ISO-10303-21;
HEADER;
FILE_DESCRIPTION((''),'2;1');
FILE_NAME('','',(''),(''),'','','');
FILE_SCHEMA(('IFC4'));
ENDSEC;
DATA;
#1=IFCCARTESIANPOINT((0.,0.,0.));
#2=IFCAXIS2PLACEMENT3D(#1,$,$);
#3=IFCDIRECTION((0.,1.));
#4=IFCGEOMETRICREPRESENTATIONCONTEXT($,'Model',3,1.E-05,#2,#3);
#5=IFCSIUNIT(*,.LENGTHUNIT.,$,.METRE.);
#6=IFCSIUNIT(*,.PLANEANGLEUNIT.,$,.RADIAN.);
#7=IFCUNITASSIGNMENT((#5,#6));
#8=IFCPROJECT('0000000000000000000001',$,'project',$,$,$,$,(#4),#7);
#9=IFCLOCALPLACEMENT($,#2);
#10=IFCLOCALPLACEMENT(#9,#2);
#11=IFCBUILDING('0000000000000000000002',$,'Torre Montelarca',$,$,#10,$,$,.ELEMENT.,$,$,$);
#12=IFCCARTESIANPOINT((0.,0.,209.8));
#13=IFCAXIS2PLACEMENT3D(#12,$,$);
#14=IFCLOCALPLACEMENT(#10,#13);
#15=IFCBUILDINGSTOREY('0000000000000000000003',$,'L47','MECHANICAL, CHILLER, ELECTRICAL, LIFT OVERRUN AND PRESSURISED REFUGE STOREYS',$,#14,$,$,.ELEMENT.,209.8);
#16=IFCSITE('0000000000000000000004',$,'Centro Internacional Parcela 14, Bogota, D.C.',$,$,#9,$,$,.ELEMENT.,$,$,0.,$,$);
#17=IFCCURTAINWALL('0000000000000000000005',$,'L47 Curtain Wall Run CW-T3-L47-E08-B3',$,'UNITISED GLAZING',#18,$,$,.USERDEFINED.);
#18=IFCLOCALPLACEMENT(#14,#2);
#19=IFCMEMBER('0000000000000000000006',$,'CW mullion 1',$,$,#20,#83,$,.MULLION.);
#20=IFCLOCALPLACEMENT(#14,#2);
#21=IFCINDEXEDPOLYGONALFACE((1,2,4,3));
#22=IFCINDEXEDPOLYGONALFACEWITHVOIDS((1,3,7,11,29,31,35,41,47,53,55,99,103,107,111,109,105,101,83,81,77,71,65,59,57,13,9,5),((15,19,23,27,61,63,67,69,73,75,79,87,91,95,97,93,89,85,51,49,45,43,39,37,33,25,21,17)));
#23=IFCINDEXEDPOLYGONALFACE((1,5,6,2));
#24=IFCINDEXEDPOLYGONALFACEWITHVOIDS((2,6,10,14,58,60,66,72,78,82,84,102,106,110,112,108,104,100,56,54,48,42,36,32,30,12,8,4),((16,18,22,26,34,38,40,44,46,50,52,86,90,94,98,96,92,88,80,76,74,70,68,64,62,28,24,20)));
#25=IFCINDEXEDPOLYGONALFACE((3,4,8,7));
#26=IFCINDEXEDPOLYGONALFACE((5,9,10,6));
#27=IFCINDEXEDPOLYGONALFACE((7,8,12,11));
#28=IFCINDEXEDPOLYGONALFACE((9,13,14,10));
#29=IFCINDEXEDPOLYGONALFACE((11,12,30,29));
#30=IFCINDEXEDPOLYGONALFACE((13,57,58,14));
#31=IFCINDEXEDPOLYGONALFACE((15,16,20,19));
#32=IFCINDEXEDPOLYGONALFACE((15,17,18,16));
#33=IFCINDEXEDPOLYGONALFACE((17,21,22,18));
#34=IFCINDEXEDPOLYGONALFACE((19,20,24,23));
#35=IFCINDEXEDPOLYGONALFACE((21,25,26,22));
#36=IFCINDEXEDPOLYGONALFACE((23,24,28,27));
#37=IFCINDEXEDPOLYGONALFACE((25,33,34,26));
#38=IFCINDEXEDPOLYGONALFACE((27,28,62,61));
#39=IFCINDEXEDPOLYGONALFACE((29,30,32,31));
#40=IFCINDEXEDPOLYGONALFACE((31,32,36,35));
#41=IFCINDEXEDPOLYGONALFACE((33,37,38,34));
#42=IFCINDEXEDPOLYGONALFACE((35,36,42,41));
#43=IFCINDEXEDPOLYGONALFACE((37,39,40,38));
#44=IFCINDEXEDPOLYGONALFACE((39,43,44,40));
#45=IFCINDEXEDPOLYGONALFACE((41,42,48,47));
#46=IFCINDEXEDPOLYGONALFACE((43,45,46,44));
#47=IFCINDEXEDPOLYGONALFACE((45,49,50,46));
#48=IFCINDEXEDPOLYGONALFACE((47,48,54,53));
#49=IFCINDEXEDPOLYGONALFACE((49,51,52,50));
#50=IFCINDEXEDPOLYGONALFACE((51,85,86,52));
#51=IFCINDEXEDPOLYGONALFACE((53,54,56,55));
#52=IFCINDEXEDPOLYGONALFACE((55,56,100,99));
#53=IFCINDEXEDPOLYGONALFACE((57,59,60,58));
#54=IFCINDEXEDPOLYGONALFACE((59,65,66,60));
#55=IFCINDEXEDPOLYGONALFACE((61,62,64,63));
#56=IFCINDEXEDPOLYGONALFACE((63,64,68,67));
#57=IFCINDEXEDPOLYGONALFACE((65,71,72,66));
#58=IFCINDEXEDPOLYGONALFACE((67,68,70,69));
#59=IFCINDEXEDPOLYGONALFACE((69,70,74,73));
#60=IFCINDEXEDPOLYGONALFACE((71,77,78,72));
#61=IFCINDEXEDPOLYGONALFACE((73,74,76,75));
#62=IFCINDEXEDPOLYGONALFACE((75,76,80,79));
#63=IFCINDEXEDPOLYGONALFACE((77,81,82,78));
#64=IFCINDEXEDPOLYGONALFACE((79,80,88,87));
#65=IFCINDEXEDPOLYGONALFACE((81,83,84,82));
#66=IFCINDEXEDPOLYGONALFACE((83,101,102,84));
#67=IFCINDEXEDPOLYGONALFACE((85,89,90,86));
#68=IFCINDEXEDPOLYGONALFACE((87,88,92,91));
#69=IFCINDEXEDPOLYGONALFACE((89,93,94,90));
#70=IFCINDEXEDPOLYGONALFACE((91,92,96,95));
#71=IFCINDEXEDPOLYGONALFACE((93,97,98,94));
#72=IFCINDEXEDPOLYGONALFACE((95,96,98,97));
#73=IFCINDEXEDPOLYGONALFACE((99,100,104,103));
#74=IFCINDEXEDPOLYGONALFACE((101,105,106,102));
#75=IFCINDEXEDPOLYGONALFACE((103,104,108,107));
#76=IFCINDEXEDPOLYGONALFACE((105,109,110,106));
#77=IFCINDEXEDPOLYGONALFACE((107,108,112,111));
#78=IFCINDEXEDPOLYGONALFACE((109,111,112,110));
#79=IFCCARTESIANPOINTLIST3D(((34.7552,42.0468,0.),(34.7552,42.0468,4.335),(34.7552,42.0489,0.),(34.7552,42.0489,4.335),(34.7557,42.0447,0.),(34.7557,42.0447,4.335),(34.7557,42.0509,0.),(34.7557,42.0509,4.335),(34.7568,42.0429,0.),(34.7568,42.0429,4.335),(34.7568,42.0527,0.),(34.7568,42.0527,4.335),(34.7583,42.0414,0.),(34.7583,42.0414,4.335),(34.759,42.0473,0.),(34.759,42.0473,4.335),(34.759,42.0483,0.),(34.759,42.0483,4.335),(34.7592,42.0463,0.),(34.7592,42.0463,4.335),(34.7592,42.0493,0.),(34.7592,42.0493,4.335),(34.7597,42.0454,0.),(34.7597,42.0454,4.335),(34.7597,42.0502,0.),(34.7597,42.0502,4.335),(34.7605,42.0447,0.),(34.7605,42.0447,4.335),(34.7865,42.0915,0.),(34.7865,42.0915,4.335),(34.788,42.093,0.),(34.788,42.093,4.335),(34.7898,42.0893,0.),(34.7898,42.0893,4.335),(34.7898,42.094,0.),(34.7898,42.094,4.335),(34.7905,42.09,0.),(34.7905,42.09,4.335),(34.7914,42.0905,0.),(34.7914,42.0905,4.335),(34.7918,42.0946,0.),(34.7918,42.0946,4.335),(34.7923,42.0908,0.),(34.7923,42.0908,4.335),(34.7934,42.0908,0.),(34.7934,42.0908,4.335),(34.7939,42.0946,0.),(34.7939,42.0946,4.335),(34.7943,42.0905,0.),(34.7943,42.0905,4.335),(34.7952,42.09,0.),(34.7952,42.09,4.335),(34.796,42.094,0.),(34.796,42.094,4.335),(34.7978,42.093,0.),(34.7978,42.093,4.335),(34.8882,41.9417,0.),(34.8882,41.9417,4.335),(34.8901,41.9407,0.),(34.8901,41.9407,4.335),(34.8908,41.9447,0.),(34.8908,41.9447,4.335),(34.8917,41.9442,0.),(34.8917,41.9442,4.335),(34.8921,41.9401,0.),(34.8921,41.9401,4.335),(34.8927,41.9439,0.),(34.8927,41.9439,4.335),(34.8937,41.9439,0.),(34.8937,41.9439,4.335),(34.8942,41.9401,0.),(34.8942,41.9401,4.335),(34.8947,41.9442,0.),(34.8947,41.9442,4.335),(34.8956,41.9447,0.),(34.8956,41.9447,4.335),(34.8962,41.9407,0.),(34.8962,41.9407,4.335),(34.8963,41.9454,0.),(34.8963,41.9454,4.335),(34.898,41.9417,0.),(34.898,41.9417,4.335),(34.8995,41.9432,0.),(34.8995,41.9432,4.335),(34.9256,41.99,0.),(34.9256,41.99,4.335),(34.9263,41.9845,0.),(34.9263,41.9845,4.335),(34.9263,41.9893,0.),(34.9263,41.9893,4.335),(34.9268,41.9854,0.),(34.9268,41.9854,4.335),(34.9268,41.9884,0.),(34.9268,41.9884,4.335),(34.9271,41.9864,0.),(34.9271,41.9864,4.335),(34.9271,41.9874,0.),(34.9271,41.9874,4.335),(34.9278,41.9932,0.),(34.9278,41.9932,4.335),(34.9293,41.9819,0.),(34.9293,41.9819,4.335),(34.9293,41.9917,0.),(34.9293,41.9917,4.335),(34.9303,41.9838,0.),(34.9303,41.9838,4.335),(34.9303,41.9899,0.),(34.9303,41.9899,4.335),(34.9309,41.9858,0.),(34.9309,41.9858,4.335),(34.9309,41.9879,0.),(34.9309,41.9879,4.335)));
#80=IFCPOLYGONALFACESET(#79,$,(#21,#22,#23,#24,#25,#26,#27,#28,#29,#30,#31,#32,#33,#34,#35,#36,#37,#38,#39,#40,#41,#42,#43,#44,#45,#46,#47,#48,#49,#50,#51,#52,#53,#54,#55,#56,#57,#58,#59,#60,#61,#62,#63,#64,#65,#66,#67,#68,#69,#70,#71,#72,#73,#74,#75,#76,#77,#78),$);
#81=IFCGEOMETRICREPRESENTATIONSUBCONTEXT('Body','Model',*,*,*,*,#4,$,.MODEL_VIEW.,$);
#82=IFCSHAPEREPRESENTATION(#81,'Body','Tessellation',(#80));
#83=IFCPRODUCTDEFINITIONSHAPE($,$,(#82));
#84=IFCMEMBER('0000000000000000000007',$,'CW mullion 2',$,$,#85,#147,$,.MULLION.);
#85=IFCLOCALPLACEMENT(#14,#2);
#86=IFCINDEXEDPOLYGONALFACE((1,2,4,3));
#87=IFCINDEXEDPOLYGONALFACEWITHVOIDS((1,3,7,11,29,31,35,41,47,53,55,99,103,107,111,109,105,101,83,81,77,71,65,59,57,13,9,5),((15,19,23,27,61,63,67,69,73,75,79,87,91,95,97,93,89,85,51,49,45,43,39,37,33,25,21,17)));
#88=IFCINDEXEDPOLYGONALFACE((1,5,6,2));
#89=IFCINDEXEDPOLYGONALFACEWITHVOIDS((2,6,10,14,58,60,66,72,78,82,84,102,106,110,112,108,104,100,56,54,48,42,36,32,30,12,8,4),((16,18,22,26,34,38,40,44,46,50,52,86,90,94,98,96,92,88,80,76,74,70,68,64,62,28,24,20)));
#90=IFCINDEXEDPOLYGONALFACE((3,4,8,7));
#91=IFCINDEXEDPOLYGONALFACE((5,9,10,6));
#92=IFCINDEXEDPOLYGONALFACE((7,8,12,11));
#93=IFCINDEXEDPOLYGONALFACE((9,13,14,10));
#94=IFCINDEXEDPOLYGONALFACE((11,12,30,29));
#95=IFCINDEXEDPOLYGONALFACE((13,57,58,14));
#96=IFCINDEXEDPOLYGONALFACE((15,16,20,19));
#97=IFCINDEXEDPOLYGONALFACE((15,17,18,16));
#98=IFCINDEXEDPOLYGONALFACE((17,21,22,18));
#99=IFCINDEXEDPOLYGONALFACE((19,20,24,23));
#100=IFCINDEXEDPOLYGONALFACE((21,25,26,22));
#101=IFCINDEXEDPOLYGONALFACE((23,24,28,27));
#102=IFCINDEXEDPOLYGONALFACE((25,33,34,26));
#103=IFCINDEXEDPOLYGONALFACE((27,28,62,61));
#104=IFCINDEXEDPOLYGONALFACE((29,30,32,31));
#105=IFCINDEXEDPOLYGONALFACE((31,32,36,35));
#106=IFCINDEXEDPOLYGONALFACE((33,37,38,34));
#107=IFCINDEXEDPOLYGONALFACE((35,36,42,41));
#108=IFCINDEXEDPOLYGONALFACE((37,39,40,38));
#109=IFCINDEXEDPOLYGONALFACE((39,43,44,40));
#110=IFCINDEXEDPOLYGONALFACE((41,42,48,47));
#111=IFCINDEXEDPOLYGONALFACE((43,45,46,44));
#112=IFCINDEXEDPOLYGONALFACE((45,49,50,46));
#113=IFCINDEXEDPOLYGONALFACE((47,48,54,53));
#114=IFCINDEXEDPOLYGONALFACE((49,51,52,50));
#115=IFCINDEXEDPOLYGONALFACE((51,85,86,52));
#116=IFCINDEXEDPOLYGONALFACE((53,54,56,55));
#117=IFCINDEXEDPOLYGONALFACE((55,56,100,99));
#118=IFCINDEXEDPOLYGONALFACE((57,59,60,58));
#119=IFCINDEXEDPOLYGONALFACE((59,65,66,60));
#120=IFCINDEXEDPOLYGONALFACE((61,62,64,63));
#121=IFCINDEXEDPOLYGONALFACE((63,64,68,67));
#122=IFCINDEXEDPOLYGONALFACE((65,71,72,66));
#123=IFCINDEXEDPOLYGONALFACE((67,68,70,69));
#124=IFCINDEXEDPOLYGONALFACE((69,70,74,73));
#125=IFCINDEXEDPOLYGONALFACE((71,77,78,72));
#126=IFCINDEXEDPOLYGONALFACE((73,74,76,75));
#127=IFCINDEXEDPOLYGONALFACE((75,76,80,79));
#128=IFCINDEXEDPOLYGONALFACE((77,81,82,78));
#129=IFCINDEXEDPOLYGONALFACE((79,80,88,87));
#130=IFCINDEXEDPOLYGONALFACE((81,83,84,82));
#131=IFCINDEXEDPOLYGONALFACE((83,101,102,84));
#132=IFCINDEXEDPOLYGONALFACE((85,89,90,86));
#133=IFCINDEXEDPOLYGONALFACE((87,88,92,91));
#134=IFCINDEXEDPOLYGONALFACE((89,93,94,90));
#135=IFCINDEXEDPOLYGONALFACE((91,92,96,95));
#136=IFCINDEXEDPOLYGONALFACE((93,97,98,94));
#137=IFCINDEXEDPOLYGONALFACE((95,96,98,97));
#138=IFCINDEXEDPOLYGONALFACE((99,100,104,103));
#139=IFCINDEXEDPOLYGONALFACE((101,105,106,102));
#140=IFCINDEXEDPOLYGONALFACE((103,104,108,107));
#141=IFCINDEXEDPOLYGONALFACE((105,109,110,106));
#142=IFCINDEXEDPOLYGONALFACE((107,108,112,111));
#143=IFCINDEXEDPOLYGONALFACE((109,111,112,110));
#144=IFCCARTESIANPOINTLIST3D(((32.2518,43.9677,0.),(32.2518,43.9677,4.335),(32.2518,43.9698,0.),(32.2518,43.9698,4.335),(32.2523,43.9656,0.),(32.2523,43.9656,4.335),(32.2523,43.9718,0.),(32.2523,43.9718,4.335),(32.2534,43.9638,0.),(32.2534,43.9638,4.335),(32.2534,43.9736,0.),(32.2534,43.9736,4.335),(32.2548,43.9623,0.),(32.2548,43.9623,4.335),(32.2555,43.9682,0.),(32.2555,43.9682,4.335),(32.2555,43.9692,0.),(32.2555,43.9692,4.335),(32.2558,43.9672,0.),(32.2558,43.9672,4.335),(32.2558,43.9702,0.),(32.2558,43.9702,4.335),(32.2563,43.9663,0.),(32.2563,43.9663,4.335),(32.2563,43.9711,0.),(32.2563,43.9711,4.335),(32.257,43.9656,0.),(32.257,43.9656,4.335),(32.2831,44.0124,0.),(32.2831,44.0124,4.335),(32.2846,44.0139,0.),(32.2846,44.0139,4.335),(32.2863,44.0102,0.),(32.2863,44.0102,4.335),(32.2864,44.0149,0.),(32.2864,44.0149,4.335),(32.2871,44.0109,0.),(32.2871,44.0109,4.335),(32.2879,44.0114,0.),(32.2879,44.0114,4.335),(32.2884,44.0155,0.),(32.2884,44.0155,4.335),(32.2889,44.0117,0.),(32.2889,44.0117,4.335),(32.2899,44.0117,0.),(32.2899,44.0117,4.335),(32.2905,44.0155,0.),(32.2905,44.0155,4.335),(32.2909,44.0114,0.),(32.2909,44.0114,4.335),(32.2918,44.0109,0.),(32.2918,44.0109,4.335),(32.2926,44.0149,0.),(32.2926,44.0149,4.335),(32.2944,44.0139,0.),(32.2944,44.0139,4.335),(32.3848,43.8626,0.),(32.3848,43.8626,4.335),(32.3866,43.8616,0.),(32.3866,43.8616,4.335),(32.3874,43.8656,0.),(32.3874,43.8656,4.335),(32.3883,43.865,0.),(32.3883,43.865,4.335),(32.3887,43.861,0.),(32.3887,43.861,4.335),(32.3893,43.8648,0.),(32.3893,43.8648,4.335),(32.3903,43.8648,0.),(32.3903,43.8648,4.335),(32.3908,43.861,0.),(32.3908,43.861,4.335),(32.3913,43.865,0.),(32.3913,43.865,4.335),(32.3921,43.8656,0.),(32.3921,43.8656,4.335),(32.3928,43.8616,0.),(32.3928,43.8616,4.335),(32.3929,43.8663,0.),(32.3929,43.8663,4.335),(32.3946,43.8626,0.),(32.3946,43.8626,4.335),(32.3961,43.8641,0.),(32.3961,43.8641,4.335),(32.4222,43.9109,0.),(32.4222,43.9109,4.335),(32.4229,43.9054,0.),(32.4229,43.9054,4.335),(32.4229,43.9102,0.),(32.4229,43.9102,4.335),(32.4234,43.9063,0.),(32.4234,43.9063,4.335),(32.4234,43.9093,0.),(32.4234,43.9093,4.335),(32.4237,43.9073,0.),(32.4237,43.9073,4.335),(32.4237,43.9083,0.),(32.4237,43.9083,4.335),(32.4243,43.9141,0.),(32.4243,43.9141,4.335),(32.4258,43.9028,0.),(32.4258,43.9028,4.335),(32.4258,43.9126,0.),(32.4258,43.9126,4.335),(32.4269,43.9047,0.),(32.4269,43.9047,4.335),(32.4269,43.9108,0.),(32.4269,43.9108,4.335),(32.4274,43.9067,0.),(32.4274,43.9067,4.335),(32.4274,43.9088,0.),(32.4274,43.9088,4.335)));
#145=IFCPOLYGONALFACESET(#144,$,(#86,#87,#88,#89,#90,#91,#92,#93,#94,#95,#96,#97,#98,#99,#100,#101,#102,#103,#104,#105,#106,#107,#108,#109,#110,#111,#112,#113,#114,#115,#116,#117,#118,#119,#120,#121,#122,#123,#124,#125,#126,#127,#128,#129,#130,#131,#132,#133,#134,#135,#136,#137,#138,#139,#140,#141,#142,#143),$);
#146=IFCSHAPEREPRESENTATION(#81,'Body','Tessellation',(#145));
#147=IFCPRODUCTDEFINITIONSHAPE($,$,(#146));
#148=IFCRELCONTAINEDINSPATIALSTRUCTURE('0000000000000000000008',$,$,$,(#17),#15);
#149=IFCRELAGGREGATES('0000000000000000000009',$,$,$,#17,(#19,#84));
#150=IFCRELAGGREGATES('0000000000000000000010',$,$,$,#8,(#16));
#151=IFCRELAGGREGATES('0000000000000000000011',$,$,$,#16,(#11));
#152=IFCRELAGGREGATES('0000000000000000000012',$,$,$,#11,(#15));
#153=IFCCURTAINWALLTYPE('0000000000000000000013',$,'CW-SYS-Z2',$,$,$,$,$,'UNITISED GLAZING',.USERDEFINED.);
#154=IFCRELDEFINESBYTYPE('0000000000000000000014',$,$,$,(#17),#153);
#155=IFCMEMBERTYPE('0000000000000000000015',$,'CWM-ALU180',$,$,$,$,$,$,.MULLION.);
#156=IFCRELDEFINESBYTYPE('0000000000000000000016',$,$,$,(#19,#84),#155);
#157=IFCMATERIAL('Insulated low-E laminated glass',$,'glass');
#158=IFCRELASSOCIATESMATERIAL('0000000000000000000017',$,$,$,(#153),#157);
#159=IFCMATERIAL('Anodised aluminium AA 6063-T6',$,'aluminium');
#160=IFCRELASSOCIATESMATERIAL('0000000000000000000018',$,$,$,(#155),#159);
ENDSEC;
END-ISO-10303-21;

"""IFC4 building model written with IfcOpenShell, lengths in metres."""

from ifc_helpers import new_model, si_unit, direction, frame, origin, origin_2d, place, context, subcontext, project, spatial, hollow_rectangle, extrude, source, transform, mapped, material, material_profile, profile_set, type_object, element, aggregate, save


model = new_model("IFC4")

# Units and contexts
model_context = context("Model", 3, precision=1e-05, world=origin(), true_north=direction((0.0, 1.0)))
body_context = subcontext(model_context, "Body", "Model", "MODEL_VIEW")
ifc_project = project(units=[si_unit("LENGTHUNIT", "METRE"), si_unit("PLANEANGLEUNIT", "RADIAN")], contexts=[model_context])

# Site, building, storey
site_placement = place(None, origin())
site = spatial("IfcSite", under=ifc_project, at=site_placement, Name="Centro Internacional Parcela 14, Bogota, D.C.", CompositionType="ELEMENT", RefElevation=0.0)
building_placement = place(site_placement, origin())
building = spatial("IfcBuilding", under=site, at=building_placement, Name="Torre Montelarca", CompositionType="ELEMENT")
storey_placement = place(building_placement, frame((0.0, 0.0, 209.8)))
storey = spatial("IfcBuildingStorey", under=building, at=storey_placement, Name="L47", Description="MECHANICAL, CHILLER, ELECTRICAL, LIFT OVERRUN AND PRESSURISED REFUGE STOREYS", CompositionType="ELEMENT", Elevation=209.8)

# Curtain wall
ifc_material_1 = material(Name="Insulated low-E laminated glass", Category="glass")
curtain_wall_type = type_object("IfcCurtainWallType", Name="CW-SYS-Z2", ElementType="UNITISED GLAZING", PredefinedType="USERDEFINED", material=ifc_material_1)
curtain_wall_1_placement = place(storey_placement, origin())
curtain_wall_1 = element("IfcCurtainWall", 1, at=curtain_wall_1_placement, inside=storey, type_object=curtain_wall_type, Name="L47 Curtain Wall Run CW-T3-L47-E08-B3", ObjectType="UNITISED GLAZING", PredefinedType="USERDEFINED")
ifc_material_2 = material(Name="Anodised aluminium AA 6063-T6", Category="aluminium")

# Members
ifc_material_profile_1 = material_profile(ifc_material_2, hollow_rectangle(XDim=0.0649, YDim=0.1799, WallThickness=0.0039, InnerFilletRadius=0.0039, OuterFilletRadius=0.0081, at=origin_2d()), Name="ALU65X180X4", Category="aluminium")
ifc_profile_set_1 = profile_set([ifc_material_profile_1], Name="Anodised aluminium AA 6063-T6")
member_type_1 = type_object("IfcMemberType", Name="CWM-ALU180", PredefinedType="MULLION", material=ifc_profile_set_1)
shared_shape_1 = source(origin(), body_context, "Body", "SweptSolid", [
    extrude(hollow_rectangle(XDim=0.0649, YDim=0.1799, WallThickness=0.0039, InnerFilletRadius=0.0039, OuterFilletRadius=0.0081, at=origin_2d()), origin(), (0.0, 0.0, 1.0), 4.335),
])
member_1_placement = place(storey_placement, frame((34.843, 42.0173, 0.0), z_axis=(0.0, 0.0, 1.0), x_axis=(-0.608755, -0.793359, 0.0)))
member_1 = element("IfcMember", 2, at=member_1_placement, type_object=member_type_1, Name="CW mullion 1", PredefinedType="MULLION", context=body_context, shape_type="MappedRepresentation", body=[
    mapped(shared_shape_1, transform((0.0, 0.0, 0.0), scale=1.0)),
])
member_2_placement = place(storey_placement, frame((32.3396, 43.9382, 0.0), z_axis=(0.0, 0.0, 1.0), x_axis=(-0.608755, -0.793359, 0.0)))
member_2 = element("IfcMember", 3, at=member_2_placement, type_object=member_type_1, Name="CW mullion 2", PredefinedType="MULLION", context=body_context, shape_type="MappedRepresentation", body=[
    mapped(shared_shape_1, transform((0.0, 0.0, 0.0), scale=1.0)),
])

aggregate(curtain_wall_1, [member_1, member_2])

save(model, "model.ifc")
